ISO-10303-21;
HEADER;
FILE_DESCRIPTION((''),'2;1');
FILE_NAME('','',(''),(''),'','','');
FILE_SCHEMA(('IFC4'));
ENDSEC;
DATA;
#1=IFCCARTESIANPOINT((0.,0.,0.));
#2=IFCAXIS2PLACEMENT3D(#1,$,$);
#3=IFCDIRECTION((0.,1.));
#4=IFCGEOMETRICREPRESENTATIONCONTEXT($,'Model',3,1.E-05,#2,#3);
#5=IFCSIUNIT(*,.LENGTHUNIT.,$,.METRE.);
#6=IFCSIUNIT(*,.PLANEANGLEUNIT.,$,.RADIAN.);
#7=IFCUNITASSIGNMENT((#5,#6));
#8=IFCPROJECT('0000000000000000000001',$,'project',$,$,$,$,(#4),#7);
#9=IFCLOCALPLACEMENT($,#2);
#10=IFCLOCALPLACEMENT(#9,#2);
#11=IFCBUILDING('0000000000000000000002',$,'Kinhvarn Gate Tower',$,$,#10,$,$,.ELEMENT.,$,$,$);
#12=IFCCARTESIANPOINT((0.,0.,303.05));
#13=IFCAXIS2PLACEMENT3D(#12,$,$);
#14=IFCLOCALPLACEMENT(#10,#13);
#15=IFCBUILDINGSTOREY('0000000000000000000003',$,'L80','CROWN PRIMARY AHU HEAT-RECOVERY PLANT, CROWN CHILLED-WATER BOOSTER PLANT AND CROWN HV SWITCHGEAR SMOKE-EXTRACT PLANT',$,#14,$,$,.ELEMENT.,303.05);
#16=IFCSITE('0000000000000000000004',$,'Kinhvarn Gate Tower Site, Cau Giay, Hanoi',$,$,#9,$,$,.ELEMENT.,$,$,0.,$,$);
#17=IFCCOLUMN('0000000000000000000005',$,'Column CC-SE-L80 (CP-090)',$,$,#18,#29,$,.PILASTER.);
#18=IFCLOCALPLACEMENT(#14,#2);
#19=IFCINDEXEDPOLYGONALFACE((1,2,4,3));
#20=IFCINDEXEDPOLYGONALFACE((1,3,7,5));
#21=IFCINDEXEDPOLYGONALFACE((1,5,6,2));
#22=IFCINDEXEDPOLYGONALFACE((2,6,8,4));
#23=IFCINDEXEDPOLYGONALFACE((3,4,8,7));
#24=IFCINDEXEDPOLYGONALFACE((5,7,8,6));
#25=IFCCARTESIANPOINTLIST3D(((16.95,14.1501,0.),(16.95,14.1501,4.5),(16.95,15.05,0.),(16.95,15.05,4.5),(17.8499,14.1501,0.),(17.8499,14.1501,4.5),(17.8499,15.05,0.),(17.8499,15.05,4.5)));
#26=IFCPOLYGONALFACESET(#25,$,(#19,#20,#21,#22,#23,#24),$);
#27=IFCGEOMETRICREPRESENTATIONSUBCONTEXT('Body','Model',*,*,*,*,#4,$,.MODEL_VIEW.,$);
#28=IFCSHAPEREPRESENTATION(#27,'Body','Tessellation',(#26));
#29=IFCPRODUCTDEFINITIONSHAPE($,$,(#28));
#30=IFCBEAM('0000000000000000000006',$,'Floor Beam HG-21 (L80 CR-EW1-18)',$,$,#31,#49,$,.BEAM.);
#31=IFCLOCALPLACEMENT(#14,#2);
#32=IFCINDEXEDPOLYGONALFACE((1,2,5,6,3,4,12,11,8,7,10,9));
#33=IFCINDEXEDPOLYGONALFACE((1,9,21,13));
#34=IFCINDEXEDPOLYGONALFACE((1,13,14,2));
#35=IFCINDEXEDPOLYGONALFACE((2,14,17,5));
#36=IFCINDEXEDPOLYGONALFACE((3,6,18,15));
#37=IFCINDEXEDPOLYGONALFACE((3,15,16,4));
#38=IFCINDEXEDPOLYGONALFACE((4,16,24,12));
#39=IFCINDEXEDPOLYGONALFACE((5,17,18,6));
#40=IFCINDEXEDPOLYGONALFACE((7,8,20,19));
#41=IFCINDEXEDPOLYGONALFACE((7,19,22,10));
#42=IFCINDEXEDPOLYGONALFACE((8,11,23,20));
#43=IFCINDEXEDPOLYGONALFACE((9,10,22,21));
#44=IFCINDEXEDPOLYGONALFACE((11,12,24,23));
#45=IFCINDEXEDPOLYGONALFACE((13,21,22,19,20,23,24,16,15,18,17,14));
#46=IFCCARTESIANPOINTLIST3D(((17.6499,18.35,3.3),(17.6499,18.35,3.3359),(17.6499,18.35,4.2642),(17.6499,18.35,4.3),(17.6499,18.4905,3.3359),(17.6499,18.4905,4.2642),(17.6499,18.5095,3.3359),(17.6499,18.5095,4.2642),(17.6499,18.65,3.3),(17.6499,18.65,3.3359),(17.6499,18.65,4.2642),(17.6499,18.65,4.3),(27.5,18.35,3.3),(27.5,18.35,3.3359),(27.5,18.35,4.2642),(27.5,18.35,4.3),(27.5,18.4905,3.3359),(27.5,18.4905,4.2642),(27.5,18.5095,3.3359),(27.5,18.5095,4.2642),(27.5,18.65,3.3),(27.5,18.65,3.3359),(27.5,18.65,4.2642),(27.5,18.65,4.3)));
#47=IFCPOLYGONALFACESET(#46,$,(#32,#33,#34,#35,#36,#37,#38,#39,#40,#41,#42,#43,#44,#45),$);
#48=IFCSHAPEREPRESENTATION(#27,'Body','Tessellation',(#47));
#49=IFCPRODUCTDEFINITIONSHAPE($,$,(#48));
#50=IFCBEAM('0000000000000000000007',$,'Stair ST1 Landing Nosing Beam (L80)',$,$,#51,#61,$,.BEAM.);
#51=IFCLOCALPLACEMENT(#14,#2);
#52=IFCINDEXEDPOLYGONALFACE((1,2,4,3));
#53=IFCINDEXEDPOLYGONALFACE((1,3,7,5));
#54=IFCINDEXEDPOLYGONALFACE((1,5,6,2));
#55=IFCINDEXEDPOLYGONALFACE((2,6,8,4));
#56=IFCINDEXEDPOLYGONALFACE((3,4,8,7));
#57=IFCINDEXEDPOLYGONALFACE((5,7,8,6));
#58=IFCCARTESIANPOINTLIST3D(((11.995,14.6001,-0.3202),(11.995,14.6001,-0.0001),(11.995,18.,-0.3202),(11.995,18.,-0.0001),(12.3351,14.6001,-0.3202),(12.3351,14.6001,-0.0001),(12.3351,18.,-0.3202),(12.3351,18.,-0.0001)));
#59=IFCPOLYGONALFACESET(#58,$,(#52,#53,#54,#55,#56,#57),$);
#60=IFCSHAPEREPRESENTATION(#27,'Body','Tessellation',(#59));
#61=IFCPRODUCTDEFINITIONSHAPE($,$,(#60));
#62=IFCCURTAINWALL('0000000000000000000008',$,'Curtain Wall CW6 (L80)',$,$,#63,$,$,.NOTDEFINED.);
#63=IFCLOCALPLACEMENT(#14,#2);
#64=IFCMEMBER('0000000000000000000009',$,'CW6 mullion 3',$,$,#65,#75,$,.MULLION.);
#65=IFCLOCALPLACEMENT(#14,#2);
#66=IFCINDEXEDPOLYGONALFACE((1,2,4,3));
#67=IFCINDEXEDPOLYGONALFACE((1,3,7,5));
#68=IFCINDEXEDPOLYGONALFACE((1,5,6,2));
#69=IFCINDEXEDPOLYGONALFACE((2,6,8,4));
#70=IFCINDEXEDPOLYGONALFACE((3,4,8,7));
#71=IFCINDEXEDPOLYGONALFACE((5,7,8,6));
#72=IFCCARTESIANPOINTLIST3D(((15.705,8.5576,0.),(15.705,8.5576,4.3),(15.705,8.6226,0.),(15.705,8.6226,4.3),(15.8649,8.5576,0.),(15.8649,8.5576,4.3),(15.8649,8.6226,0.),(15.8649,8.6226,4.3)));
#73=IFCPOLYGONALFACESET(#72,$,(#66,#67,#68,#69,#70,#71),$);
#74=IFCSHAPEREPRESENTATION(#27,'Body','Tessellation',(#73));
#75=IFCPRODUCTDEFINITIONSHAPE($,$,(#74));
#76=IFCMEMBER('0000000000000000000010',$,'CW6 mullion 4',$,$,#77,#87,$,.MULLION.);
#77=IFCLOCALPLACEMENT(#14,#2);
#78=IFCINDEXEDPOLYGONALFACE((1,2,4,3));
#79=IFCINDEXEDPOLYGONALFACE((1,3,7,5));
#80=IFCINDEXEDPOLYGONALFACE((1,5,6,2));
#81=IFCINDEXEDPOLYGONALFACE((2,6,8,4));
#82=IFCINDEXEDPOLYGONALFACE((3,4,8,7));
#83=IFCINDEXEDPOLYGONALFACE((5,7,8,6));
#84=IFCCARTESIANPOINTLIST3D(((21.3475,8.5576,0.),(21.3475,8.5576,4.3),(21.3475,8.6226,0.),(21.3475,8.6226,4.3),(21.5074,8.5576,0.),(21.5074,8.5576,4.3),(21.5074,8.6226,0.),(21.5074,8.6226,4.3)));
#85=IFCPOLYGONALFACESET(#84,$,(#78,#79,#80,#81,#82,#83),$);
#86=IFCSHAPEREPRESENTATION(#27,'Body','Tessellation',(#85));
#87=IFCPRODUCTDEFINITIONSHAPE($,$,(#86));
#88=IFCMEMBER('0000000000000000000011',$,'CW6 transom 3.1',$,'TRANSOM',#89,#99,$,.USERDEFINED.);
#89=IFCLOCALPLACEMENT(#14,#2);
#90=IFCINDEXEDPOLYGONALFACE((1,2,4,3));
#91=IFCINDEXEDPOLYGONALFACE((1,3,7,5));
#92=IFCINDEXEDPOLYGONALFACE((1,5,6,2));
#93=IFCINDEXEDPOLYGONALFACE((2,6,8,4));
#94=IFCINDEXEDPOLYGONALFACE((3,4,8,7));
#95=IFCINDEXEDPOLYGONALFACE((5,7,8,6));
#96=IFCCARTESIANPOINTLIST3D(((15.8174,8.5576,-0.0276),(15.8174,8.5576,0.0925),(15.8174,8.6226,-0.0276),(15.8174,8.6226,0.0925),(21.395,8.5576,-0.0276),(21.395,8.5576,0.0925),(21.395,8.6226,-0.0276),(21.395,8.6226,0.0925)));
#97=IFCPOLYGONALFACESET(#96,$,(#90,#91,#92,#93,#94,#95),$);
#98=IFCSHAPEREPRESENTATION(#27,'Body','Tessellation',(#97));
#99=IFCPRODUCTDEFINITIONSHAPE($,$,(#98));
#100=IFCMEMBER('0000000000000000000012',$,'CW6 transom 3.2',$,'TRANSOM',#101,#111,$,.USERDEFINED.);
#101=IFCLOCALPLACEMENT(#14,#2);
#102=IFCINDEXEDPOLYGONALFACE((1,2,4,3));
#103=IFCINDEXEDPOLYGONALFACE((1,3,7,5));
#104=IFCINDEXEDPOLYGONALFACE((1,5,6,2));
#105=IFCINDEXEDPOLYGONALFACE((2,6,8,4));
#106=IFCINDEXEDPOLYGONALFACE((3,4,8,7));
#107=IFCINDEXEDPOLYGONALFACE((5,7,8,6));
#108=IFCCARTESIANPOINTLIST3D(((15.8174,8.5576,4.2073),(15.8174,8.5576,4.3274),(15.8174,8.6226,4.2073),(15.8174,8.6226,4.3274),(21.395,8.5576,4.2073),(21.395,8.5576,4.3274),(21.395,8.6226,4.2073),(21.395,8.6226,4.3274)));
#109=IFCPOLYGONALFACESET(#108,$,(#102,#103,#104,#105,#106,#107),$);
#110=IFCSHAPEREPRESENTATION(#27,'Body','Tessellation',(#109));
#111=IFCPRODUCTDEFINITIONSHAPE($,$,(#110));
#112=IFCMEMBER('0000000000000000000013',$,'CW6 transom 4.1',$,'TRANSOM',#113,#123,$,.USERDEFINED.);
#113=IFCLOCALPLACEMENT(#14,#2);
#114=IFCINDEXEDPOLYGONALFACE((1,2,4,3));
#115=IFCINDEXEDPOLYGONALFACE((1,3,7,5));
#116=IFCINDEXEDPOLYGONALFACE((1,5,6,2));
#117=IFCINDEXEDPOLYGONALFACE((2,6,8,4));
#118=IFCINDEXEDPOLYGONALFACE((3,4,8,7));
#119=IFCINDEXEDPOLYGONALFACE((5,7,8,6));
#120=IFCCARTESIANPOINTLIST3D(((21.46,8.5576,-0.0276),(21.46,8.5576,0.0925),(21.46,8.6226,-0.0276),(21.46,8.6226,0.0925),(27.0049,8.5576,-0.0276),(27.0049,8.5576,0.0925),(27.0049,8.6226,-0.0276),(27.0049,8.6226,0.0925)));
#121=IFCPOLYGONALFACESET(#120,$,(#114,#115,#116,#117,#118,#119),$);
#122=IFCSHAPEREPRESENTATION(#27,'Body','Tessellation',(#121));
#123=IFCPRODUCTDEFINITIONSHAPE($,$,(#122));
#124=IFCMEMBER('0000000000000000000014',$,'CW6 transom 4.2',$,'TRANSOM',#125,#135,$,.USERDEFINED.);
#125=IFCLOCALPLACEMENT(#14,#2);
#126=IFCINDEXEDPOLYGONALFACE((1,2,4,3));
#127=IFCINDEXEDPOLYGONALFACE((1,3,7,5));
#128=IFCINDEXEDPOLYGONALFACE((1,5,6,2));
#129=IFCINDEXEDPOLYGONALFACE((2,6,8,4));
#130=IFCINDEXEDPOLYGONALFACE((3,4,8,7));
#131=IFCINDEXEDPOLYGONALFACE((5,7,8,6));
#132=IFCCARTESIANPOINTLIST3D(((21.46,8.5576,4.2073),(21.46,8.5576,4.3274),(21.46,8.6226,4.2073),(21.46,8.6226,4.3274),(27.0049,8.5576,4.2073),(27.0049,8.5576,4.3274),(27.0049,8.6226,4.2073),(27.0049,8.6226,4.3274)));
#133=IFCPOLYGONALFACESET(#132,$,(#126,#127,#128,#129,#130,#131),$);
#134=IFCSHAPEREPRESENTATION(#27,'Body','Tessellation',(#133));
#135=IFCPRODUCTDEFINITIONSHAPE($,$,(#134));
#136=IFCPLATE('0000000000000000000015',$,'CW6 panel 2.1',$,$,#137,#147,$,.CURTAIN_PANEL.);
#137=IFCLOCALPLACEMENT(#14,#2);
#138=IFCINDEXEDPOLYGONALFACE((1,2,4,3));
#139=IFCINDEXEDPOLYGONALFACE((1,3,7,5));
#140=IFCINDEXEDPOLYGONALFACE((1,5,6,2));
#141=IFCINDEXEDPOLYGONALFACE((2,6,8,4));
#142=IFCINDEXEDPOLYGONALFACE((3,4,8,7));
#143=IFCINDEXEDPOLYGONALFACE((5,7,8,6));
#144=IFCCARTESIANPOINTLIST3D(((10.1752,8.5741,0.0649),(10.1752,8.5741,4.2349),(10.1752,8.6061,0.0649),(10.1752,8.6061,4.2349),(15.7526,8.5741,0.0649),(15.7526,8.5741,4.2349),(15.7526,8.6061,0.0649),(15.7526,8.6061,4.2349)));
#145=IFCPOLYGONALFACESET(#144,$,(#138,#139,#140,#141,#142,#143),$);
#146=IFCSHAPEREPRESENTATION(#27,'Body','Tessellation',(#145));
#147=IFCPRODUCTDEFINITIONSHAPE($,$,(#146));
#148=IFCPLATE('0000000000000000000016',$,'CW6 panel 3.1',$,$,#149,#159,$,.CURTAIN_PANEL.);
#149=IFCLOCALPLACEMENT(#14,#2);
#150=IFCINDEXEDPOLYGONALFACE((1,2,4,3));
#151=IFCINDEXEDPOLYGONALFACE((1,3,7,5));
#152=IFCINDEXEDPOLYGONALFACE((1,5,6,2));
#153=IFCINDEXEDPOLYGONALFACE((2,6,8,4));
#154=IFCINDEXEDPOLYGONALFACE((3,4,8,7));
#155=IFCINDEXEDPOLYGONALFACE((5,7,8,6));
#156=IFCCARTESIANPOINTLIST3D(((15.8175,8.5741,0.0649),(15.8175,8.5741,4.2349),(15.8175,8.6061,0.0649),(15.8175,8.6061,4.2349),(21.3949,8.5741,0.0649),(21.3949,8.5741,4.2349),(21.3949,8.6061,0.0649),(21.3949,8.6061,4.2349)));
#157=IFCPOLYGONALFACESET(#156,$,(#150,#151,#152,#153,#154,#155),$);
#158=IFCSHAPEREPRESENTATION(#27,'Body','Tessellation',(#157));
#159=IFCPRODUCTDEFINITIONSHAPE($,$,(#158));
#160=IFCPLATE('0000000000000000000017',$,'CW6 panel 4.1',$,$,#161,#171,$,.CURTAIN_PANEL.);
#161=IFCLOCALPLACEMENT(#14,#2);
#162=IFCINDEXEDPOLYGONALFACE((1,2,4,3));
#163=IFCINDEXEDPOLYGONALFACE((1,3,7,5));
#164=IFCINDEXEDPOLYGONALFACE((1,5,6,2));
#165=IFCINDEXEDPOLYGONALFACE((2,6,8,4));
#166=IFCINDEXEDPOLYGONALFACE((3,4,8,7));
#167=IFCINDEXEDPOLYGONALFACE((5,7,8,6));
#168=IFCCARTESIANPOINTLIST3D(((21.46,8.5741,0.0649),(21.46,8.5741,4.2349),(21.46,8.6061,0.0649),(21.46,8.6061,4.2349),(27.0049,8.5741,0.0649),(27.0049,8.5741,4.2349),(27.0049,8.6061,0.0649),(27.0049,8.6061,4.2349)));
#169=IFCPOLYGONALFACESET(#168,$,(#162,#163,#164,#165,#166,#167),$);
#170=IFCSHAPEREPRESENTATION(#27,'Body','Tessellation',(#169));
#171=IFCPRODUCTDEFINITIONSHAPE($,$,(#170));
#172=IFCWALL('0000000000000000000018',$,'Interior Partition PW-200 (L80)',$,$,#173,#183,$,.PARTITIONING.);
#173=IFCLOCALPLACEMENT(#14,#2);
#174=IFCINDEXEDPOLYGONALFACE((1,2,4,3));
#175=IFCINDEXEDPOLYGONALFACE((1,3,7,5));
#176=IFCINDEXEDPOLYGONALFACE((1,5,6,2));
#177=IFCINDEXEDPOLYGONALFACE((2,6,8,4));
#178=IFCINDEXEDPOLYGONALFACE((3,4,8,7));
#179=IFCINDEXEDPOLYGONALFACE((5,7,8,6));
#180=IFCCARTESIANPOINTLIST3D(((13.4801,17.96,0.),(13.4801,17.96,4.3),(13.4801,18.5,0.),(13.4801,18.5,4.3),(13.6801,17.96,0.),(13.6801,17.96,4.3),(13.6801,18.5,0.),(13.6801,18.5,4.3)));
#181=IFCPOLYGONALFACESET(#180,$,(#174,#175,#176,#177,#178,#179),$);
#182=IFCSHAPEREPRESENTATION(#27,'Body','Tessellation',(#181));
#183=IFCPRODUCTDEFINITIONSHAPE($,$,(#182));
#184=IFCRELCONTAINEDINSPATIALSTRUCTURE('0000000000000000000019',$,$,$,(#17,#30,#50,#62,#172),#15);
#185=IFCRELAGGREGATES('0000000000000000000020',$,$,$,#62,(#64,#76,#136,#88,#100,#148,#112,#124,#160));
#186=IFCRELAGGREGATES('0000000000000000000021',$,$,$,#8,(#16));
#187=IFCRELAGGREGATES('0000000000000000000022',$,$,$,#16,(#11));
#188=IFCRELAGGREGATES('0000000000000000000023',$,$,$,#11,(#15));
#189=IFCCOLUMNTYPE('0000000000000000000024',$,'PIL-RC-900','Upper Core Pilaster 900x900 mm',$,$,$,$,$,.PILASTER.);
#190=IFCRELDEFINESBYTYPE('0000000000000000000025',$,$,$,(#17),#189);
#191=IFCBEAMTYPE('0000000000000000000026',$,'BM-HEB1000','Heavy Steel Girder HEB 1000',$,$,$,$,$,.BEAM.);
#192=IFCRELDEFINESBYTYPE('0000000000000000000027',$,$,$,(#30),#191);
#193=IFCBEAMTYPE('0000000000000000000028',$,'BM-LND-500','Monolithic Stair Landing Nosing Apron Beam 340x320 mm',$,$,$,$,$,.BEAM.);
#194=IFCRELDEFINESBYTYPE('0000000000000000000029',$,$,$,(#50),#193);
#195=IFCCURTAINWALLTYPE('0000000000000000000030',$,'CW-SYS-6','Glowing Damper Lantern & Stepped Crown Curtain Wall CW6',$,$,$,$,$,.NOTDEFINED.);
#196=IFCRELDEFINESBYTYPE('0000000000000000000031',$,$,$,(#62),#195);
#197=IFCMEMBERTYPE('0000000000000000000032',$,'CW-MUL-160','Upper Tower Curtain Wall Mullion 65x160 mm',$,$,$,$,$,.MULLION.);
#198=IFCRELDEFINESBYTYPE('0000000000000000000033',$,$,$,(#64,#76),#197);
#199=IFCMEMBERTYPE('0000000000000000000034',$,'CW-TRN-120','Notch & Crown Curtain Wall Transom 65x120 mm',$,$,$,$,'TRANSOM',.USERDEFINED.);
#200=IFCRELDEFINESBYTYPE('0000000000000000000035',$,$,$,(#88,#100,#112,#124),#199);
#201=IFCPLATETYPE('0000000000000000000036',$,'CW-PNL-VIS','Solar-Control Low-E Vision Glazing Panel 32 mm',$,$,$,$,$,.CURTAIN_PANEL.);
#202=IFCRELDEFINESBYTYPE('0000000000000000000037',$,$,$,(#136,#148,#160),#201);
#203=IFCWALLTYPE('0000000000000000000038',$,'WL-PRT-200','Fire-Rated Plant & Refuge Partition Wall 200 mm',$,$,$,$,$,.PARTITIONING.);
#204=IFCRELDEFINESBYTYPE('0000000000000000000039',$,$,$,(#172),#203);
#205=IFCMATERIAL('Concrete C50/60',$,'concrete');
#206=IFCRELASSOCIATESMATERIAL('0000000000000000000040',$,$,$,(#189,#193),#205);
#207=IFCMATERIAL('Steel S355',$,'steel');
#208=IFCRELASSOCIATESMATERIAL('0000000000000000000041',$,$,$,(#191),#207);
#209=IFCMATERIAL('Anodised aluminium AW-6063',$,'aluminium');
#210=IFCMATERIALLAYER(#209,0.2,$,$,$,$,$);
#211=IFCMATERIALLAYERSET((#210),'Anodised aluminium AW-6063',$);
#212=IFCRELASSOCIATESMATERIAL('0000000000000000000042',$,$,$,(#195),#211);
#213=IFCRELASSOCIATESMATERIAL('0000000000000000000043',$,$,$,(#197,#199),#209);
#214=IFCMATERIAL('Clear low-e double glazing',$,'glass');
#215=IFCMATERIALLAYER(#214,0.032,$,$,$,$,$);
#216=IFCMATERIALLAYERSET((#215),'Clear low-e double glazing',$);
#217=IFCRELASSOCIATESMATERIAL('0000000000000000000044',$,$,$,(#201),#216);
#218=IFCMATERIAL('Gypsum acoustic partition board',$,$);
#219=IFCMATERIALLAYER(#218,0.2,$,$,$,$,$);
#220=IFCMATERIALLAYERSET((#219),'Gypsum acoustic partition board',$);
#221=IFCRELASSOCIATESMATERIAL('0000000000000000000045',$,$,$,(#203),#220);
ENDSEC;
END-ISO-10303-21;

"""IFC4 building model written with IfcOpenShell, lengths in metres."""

from ifc_helpers import new_model, si_unit, direction, frame, frame_2d, origin, origin_2d, place, context, subcontext, project, spatial, rectangle, i_section, extrude, material, layer, layer_set, material_profile, profile_set, type_object, element, aggregate, save


model = new_model("IFC4")

# Units and contexts
model_context = context("Model", 3, precision=1e-05, world=origin(), true_north=direction((0.0, 1.0)))
body_context = subcontext(model_context, "Body", "Model", "MODEL_VIEW")
ifc_project = project(units=[si_unit("LENGTHUNIT", "METRE"), si_unit("PLANEANGLEUNIT", "RADIAN")], contexts=[model_context])

# Site, building, storey
site_placement = place(None, origin())
site = spatial("IfcSite", under=ifc_project, at=site_placement, Name="Kinhvarn Gate Tower Site, Cau Giay, Hanoi", CompositionType="ELEMENT", RefElevation=0.0)
building_placement = place(site_placement, origin())
building = spatial("IfcBuilding", under=site, at=building_placement, Name="Kinhvarn Gate Tower", CompositionType="ELEMENT")
storey_placement = place(building_placement, frame((0.0, 0.0, 303.05)))
storey = spatial("IfcBuildingStorey", under=building, at=storey_placement, Name="L80", Description="CROWN PRIMARY AHU HEAT-RECOVERY PLANT, CROWN CHILLED-WATER BOOSTER PLANT AND CROWN HV SWITCHGEAR SMOKE-EXTRACT PLANT", CompositionType="ELEMENT", Elevation=303.05)

# Column
ifc_material_1 = material(Name="Concrete C50/60", Category="concrete")
ifc_material_profile_1 = material_profile(ifc_material_1, rectangle(XDim=0.8999, YDim=0.8999, at=origin_2d()), Name="RC 900x900")
ifc_profile_set_1 = profile_set([ifc_material_profile_1], Name="Concrete C50/60")
column_type = type_object("IfcColumnType", Name="PIL-RC-900", Description="Upper Core Pilaster 900x900 mm", PredefinedType="PILASTER", material=ifc_profile_set_1)
column_placement = place(storey_placement, frame((17.3999, 14.6001, 0.0), z_axis=(0.0, 0.0, 1.0), x_axis=(1.0, 0.0, 0.0)))
element("IfcColumn", 1, at=column_placement, inside=storey, type_object=column_type, Name="Column CC-SE-L80 (CP-090)", PredefinedType="PILASTER", context=body_context, shape_type="SweptSolid", body=[
    extrude(rectangle(XDim=0.8999, YDim=0.8999, at=origin_2d()), origin(), (0.0, 0.0, 1.0), 4.5),
])

# Beams
ifc_material_2 = material(Name="Steel S355", Category="steel")
ifc_material_profile_2 = material_profile(ifc_material_2, i_section(OverallWidth=0.3, OverallDepth=1.0, WebThickness=0.019, FlangeThickness=0.0359, at=origin_2d()), Name="HEB 1000")
ifc_profile_set_2 = profile_set([ifc_material_profile_2], Name="Steel S355")
beam_type_1 = type_object("IfcBeamType", Name="BM-HEB1000", Description="Heavy Steel Girder HEB 1000", PredefinedType="BEAM", material=ifc_profile_set_2)
beam_1_placement = place(storey_placement, frame((17.6499, 18.5, 3.8), z_axis=(1.0, 0.0, 0.0), x_axis=(0.0, 1.0, 0.0)))
element("IfcBeam", 2, at=beam_1_placement, inside=storey, type_object=beam_type_1, Name="Floor Beam HG-21 (L80 CR-EW1-18)", PredefinedType="BEAM", context=body_context, shape_type="SweptSolid", body=[
    extrude(i_section(OverallWidth=0.3, OverallDepth=1.0, WebThickness=0.019, FlangeThickness=0.0359, at=origin_2d()), origin(), (0.0, 0.0, 1.0), 9.8501),
])
ifc_material_profile_3 = material_profile(ifc_material_1, rectangle(XDim=0.3401, YDim=0.3201, at=origin_2d()), Name="RC 340x320")
ifc_profile_set_3 = profile_set([ifc_material_profile_3], Name="Concrete C50/60")
beam_type_2 = type_object("IfcBeamType", Name="BM-LND-500", Description="Monolithic Stair Landing Nosing Apron Beam 340x320 mm", PredefinedType="BEAM", material=ifc_profile_set_3)
beam_2_placement = place(storey_placement, frame((12.165, 14.6001, -0.1602), z_axis=(0.0, 1.0, 0.0), x_axis=(-1.0, 0.0, 0.0)))
element("IfcBeam", 3, at=beam_2_placement, inside=storey, type_object=beam_type_2, Name="Stair ST1 Landing Nosing Beam (L80)", PredefinedType="BEAM", context=body_context, shape_type="SweptSolid", body=[
    extrude(rectangle(XDim=0.3401, YDim=0.3201, at=origin_2d()), origin(), (0.0, 0.0, 1.0), 3.3999),
])

# Curtain wall, members, plates
ifc_material_3 = material(Name="Anodised aluminium AW-6063", Category="aluminium")
ifc_layer_1 = layer(ifc_material_3, 0.2)
ifc_layer_set_1 = layer_set([ifc_layer_1], Name="Anodised aluminium AW-6063")
curtain_wall_type = type_object("IfcCurtainWallType", Name="CW-SYS-6", Description="Glowing Damper Lantern & Stepped Crown Curtain Wall CW6", PredefinedType="NOTDEFINED", material=ifc_layer_set_1)
curtain_wall_placement = place(storey_placement, origin())
curtain_wall = element("IfcCurtainWall", 4, at=curtain_wall_placement, inside=storey, type_object=curtain_wall_type, Name="Curtain Wall CW6 (L80)", PredefinedType="NOTDEFINED")
ifc_material_profile_4 = material_profile(ifc_material_3, rectangle(XDim=0.0649, YDim=0.1599, at=origin_2d()), Name="ALU 65x160")
ifc_profile_set_4 = profile_set([ifc_material_profile_4], Name="Anodised aluminium AW-6063")
member_type_1 = type_object("IfcMemberType", Name="CW-MUL-160", Description="Upper Tower Curtain Wall Mullion 65x160 mm", PredefinedType="MULLION", material=ifc_profile_set_4)
member_1_placement = place(storey_placement, frame((15.7849, 8.5901, 0.0), z_axis=(0.0, 0.0, 1.0), x_axis=(0.0, 1.0, 0.0)))
member_1 = element("IfcMember", 5, at=member_1_placement, type_object=member_type_1, Name="CW6 mullion 3", PredefinedType="MULLION", context=body_context, shape_type="SweptSolid", body=[
    extrude(rectangle(XDim=0.0649, YDim=0.1599, at=origin_2d()), origin(), (0.0, 0.0, 1.0), 4.3),
])
member_2_placement = place(storey_placement, frame((21.4275, 8.5901, 0.0), z_axis=(0.0, 0.0, 1.0), x_axis=(0.0, 1.0, 0.0)))
member_2 = element("IfcMember", 6, at=member_2_placement, type_object=member_type_1, Name="CW6 mullion 4", PredefinedType="MULLION", context=body_context, shape_type="SweptSolid", body=[
    extrude(rectangle(XDim=0.0649, YDim=0.1599, at=origin_2d()), origin(), (0.0, 0.0, 1.0), 4.3),
])
ifc_material_profile_5 = material_profile(ifc_material_3, rectangle(XDim=0.0649, YDim=0.1201, at=origin_2d()), Name="ALU 65x120")
ifc_profile_set_5 = profile_set([ifc_material_profile_5], Name="Anodised aluminium AW-6063")
member_type_2 = type_object("IfcMemberType", Name="CW-TRN-120", Description="Notch & Crown Curtain Wall Transom 65x120 mm", ElementType="TRANSOM", PredefinedType="USERDEFINED", material=ifc_profile_set_5)
member_3_placement = place(storey_placement, frame((15.8174, 8.5901, 0.0325), z_axis=(1.0, 0.0, 0.0), x_axis=(0.0, 1.0, 0.0)))
member_3 = element("IfcMember", 7, at=member_3_placement, type_object=member_type_2, Name="CW6 transom 3.1", ObjectType="TRANSOM", PredefinedType="USERDEFINED", context=body_context, shape_type="SweptSolid", body=[
    extrude(rectangle(XDim=0.0649, YDim=0.1201, at=origin_2d()), origin(), (0.0, 0.0, 1.0), 5.5776),
])
member_4_placement = place(storey_placement, frame((15.8174, 8.5901, 4.2673), z_axis=(1.0, 0.0, 0.0), x_axis=(0.0, 1.0, 0.0)))
member_4 = element("IfcMember", 8, at=member_4_placement, type_object=member_type_2, Name="CW6 transom 3.2", ObjectType="TRANSOM", PredefinedType="USERDEFINED", context=body_context, shape_type="SweptSolid", body=[
    extrude(rectangle(XDim=0.0649, YDim=0.1201, at=origin_2d()), origin(), (0.0, 0.0, 1.0), 5.5776),
])
member_5_placement = place(storey_placement, frame((21.46, 8.5901, 0.0325), z_axis=(1.0, 0.0, 0.0), x_axis=(0.0, 1.0, 0.0)))
member_5 = element("IfcMember", 9, at=member_5_placement, type_object=member_type_2, Name="CW6 transom 4.1", ObjectType="TRANSOM", PredefinedType="USERDEFINED", context=body_context, shape_type="SweptSolid", body=[
    extrude(rectangle(XDim=0.0649, YDim=0.1201, at=origin_2d()), origin(), (0.0, 0.0, 1.0), 5.5449),
])
member_6_placement = place(storey_placement, frame((21.46, 8.5901, 4.2673), z_axis=(1.0, 0.0, 0.0), x_axis=(0.0, 1.0, 0.0)))
member_6 = element("IfcMember", 10, at=member_6_placement, type_object=member_type_2, Name="CW6 transom 4.2", ObjectType="TRANSOM", PredefinedType="USERDEFINED", context=body_context, shape_type="SweptSolid", body=[
    extrude(rectangle(XDim=0.0649, YDim=0.1201, at=origin_2d()), origin(), (0.0, 0.0, 1.0), 5.5449),
])
ifc_material_4 = material(Name="Clear low-e double glazing", Category="glass")
ifc_layer_2 = layer(ifc_material_4, 0.032)
ifc_layer_set_2 = layer_set([ifc_layer_2], Name="Clear low-e double glazing")
plate_type = type_object("IfcPlateType", Name="CW-PNL-VIS", Description="Solar-Control Low-E Vision Glazing Panel 32 mm", PredefinedType="CURTAIN_PANEL", material=ifc_layer_set_2)
plate_1_placement = place(storey_placement, frame((12.9639, 8.5901, 0.0649), z_axis=(0.0, 0.0, 1.0), x_axis=(1.0, 0.0, 0.0)))
plate_1 = element("IfcPlate", 11, at=plate_1_placement, type_object=plate_type, Name="CW6 panel 2.1", PredefinedType="CURTAIN_PANEL", context=body_context, shape_type="SweptSolid", body=[
    extrude(rectangle(XDim=5.5774, YDim=0.032, at=origin_2d()), origin(), (0.0, 0.0, 1.0), 4.1699),
])
plate_2_placement = place(storey_placement, frame((18.6062, 8.5901, 0.0649), z_axis=(0.0, 0.0, 1.0), x_axis=(1.0, 0.0, 0.0)))
plate_2 = element("IfcPlate", 12, at=plate_2_placement, type_object=plate_type, Name="CW6 panel 3.1", PredefinedType="CURTAIN_PANEL", context=body_context, shape_type="SweptSolid", body=[
    extrude(rectangle(XDim=5.5774, YDim=0.032, at=origin_2d()), origin(), (0.0, 0.0, 1.0), 4.1699),
])
plate_3_placement = place(storey_placement, frame((24.2324, 8.5901, 0.0649), z_axis=(0.0, 0.0, 1.0), x_axis=(1.0, 0.0, 0.0)))
plate_3 = element("IfcPlate", 13, at=plate_3_placement, type_object=plate_type, Name="CW6 panel 4.1", PredefinedType="CURTAIN_PANEL", context=body_context, shape_type="SweptSolid", body=[
    extrude(rectangle(XDim=5.5449, YDim=0.032, at=origin_2d()), origin(), (0.0, 0.0, 1.0), 4.1699),
])
aggregate(curtain_wall, [member_1, member_2, plate_1, member_3, member_4, plate_2, member_5, member_6, plate_3])

# Wall
ifc_material_5 = material(Name="Gypsum acoustic partition board")
ifc_layer_3 = layer(ifc_material_5, 0.2)
ifc_layer_set_3 = layer_set([ifc_layer_3], Name="Gypsum acoustic partition board")
wall_type_1 = type_object("IfcWallType", Name="WL-PRT-200", Description="Fire-Rated Plant & Refuge Partition Wall 200 mm", PredefinedType="PARTITIONING", material=ifc_layer_set_3)
wall_1_placement = place(storey_placement, frame((13.5801, 17.96, 0.0), z_axis=(0.0, 0.0, 1.0), x_axis=(0.0, 1.0, 0.0)))
element("IfcWall", 14, at=wall_1_placement, inside=storey, type_object=wall_type_1, Name="Interior Partition PW-200 (L80)", PredefinedType="PARTITIONING", context=body_context, shape_type="SweptSolid", body=[
    extrude(rectangle(XDim=0.54, YDim=0.2, at=frame_2d((0.27, 0.0))), origin(), (0.0, 0.0, 1.0), 4.3),
])

save(model, "model.ifc")
